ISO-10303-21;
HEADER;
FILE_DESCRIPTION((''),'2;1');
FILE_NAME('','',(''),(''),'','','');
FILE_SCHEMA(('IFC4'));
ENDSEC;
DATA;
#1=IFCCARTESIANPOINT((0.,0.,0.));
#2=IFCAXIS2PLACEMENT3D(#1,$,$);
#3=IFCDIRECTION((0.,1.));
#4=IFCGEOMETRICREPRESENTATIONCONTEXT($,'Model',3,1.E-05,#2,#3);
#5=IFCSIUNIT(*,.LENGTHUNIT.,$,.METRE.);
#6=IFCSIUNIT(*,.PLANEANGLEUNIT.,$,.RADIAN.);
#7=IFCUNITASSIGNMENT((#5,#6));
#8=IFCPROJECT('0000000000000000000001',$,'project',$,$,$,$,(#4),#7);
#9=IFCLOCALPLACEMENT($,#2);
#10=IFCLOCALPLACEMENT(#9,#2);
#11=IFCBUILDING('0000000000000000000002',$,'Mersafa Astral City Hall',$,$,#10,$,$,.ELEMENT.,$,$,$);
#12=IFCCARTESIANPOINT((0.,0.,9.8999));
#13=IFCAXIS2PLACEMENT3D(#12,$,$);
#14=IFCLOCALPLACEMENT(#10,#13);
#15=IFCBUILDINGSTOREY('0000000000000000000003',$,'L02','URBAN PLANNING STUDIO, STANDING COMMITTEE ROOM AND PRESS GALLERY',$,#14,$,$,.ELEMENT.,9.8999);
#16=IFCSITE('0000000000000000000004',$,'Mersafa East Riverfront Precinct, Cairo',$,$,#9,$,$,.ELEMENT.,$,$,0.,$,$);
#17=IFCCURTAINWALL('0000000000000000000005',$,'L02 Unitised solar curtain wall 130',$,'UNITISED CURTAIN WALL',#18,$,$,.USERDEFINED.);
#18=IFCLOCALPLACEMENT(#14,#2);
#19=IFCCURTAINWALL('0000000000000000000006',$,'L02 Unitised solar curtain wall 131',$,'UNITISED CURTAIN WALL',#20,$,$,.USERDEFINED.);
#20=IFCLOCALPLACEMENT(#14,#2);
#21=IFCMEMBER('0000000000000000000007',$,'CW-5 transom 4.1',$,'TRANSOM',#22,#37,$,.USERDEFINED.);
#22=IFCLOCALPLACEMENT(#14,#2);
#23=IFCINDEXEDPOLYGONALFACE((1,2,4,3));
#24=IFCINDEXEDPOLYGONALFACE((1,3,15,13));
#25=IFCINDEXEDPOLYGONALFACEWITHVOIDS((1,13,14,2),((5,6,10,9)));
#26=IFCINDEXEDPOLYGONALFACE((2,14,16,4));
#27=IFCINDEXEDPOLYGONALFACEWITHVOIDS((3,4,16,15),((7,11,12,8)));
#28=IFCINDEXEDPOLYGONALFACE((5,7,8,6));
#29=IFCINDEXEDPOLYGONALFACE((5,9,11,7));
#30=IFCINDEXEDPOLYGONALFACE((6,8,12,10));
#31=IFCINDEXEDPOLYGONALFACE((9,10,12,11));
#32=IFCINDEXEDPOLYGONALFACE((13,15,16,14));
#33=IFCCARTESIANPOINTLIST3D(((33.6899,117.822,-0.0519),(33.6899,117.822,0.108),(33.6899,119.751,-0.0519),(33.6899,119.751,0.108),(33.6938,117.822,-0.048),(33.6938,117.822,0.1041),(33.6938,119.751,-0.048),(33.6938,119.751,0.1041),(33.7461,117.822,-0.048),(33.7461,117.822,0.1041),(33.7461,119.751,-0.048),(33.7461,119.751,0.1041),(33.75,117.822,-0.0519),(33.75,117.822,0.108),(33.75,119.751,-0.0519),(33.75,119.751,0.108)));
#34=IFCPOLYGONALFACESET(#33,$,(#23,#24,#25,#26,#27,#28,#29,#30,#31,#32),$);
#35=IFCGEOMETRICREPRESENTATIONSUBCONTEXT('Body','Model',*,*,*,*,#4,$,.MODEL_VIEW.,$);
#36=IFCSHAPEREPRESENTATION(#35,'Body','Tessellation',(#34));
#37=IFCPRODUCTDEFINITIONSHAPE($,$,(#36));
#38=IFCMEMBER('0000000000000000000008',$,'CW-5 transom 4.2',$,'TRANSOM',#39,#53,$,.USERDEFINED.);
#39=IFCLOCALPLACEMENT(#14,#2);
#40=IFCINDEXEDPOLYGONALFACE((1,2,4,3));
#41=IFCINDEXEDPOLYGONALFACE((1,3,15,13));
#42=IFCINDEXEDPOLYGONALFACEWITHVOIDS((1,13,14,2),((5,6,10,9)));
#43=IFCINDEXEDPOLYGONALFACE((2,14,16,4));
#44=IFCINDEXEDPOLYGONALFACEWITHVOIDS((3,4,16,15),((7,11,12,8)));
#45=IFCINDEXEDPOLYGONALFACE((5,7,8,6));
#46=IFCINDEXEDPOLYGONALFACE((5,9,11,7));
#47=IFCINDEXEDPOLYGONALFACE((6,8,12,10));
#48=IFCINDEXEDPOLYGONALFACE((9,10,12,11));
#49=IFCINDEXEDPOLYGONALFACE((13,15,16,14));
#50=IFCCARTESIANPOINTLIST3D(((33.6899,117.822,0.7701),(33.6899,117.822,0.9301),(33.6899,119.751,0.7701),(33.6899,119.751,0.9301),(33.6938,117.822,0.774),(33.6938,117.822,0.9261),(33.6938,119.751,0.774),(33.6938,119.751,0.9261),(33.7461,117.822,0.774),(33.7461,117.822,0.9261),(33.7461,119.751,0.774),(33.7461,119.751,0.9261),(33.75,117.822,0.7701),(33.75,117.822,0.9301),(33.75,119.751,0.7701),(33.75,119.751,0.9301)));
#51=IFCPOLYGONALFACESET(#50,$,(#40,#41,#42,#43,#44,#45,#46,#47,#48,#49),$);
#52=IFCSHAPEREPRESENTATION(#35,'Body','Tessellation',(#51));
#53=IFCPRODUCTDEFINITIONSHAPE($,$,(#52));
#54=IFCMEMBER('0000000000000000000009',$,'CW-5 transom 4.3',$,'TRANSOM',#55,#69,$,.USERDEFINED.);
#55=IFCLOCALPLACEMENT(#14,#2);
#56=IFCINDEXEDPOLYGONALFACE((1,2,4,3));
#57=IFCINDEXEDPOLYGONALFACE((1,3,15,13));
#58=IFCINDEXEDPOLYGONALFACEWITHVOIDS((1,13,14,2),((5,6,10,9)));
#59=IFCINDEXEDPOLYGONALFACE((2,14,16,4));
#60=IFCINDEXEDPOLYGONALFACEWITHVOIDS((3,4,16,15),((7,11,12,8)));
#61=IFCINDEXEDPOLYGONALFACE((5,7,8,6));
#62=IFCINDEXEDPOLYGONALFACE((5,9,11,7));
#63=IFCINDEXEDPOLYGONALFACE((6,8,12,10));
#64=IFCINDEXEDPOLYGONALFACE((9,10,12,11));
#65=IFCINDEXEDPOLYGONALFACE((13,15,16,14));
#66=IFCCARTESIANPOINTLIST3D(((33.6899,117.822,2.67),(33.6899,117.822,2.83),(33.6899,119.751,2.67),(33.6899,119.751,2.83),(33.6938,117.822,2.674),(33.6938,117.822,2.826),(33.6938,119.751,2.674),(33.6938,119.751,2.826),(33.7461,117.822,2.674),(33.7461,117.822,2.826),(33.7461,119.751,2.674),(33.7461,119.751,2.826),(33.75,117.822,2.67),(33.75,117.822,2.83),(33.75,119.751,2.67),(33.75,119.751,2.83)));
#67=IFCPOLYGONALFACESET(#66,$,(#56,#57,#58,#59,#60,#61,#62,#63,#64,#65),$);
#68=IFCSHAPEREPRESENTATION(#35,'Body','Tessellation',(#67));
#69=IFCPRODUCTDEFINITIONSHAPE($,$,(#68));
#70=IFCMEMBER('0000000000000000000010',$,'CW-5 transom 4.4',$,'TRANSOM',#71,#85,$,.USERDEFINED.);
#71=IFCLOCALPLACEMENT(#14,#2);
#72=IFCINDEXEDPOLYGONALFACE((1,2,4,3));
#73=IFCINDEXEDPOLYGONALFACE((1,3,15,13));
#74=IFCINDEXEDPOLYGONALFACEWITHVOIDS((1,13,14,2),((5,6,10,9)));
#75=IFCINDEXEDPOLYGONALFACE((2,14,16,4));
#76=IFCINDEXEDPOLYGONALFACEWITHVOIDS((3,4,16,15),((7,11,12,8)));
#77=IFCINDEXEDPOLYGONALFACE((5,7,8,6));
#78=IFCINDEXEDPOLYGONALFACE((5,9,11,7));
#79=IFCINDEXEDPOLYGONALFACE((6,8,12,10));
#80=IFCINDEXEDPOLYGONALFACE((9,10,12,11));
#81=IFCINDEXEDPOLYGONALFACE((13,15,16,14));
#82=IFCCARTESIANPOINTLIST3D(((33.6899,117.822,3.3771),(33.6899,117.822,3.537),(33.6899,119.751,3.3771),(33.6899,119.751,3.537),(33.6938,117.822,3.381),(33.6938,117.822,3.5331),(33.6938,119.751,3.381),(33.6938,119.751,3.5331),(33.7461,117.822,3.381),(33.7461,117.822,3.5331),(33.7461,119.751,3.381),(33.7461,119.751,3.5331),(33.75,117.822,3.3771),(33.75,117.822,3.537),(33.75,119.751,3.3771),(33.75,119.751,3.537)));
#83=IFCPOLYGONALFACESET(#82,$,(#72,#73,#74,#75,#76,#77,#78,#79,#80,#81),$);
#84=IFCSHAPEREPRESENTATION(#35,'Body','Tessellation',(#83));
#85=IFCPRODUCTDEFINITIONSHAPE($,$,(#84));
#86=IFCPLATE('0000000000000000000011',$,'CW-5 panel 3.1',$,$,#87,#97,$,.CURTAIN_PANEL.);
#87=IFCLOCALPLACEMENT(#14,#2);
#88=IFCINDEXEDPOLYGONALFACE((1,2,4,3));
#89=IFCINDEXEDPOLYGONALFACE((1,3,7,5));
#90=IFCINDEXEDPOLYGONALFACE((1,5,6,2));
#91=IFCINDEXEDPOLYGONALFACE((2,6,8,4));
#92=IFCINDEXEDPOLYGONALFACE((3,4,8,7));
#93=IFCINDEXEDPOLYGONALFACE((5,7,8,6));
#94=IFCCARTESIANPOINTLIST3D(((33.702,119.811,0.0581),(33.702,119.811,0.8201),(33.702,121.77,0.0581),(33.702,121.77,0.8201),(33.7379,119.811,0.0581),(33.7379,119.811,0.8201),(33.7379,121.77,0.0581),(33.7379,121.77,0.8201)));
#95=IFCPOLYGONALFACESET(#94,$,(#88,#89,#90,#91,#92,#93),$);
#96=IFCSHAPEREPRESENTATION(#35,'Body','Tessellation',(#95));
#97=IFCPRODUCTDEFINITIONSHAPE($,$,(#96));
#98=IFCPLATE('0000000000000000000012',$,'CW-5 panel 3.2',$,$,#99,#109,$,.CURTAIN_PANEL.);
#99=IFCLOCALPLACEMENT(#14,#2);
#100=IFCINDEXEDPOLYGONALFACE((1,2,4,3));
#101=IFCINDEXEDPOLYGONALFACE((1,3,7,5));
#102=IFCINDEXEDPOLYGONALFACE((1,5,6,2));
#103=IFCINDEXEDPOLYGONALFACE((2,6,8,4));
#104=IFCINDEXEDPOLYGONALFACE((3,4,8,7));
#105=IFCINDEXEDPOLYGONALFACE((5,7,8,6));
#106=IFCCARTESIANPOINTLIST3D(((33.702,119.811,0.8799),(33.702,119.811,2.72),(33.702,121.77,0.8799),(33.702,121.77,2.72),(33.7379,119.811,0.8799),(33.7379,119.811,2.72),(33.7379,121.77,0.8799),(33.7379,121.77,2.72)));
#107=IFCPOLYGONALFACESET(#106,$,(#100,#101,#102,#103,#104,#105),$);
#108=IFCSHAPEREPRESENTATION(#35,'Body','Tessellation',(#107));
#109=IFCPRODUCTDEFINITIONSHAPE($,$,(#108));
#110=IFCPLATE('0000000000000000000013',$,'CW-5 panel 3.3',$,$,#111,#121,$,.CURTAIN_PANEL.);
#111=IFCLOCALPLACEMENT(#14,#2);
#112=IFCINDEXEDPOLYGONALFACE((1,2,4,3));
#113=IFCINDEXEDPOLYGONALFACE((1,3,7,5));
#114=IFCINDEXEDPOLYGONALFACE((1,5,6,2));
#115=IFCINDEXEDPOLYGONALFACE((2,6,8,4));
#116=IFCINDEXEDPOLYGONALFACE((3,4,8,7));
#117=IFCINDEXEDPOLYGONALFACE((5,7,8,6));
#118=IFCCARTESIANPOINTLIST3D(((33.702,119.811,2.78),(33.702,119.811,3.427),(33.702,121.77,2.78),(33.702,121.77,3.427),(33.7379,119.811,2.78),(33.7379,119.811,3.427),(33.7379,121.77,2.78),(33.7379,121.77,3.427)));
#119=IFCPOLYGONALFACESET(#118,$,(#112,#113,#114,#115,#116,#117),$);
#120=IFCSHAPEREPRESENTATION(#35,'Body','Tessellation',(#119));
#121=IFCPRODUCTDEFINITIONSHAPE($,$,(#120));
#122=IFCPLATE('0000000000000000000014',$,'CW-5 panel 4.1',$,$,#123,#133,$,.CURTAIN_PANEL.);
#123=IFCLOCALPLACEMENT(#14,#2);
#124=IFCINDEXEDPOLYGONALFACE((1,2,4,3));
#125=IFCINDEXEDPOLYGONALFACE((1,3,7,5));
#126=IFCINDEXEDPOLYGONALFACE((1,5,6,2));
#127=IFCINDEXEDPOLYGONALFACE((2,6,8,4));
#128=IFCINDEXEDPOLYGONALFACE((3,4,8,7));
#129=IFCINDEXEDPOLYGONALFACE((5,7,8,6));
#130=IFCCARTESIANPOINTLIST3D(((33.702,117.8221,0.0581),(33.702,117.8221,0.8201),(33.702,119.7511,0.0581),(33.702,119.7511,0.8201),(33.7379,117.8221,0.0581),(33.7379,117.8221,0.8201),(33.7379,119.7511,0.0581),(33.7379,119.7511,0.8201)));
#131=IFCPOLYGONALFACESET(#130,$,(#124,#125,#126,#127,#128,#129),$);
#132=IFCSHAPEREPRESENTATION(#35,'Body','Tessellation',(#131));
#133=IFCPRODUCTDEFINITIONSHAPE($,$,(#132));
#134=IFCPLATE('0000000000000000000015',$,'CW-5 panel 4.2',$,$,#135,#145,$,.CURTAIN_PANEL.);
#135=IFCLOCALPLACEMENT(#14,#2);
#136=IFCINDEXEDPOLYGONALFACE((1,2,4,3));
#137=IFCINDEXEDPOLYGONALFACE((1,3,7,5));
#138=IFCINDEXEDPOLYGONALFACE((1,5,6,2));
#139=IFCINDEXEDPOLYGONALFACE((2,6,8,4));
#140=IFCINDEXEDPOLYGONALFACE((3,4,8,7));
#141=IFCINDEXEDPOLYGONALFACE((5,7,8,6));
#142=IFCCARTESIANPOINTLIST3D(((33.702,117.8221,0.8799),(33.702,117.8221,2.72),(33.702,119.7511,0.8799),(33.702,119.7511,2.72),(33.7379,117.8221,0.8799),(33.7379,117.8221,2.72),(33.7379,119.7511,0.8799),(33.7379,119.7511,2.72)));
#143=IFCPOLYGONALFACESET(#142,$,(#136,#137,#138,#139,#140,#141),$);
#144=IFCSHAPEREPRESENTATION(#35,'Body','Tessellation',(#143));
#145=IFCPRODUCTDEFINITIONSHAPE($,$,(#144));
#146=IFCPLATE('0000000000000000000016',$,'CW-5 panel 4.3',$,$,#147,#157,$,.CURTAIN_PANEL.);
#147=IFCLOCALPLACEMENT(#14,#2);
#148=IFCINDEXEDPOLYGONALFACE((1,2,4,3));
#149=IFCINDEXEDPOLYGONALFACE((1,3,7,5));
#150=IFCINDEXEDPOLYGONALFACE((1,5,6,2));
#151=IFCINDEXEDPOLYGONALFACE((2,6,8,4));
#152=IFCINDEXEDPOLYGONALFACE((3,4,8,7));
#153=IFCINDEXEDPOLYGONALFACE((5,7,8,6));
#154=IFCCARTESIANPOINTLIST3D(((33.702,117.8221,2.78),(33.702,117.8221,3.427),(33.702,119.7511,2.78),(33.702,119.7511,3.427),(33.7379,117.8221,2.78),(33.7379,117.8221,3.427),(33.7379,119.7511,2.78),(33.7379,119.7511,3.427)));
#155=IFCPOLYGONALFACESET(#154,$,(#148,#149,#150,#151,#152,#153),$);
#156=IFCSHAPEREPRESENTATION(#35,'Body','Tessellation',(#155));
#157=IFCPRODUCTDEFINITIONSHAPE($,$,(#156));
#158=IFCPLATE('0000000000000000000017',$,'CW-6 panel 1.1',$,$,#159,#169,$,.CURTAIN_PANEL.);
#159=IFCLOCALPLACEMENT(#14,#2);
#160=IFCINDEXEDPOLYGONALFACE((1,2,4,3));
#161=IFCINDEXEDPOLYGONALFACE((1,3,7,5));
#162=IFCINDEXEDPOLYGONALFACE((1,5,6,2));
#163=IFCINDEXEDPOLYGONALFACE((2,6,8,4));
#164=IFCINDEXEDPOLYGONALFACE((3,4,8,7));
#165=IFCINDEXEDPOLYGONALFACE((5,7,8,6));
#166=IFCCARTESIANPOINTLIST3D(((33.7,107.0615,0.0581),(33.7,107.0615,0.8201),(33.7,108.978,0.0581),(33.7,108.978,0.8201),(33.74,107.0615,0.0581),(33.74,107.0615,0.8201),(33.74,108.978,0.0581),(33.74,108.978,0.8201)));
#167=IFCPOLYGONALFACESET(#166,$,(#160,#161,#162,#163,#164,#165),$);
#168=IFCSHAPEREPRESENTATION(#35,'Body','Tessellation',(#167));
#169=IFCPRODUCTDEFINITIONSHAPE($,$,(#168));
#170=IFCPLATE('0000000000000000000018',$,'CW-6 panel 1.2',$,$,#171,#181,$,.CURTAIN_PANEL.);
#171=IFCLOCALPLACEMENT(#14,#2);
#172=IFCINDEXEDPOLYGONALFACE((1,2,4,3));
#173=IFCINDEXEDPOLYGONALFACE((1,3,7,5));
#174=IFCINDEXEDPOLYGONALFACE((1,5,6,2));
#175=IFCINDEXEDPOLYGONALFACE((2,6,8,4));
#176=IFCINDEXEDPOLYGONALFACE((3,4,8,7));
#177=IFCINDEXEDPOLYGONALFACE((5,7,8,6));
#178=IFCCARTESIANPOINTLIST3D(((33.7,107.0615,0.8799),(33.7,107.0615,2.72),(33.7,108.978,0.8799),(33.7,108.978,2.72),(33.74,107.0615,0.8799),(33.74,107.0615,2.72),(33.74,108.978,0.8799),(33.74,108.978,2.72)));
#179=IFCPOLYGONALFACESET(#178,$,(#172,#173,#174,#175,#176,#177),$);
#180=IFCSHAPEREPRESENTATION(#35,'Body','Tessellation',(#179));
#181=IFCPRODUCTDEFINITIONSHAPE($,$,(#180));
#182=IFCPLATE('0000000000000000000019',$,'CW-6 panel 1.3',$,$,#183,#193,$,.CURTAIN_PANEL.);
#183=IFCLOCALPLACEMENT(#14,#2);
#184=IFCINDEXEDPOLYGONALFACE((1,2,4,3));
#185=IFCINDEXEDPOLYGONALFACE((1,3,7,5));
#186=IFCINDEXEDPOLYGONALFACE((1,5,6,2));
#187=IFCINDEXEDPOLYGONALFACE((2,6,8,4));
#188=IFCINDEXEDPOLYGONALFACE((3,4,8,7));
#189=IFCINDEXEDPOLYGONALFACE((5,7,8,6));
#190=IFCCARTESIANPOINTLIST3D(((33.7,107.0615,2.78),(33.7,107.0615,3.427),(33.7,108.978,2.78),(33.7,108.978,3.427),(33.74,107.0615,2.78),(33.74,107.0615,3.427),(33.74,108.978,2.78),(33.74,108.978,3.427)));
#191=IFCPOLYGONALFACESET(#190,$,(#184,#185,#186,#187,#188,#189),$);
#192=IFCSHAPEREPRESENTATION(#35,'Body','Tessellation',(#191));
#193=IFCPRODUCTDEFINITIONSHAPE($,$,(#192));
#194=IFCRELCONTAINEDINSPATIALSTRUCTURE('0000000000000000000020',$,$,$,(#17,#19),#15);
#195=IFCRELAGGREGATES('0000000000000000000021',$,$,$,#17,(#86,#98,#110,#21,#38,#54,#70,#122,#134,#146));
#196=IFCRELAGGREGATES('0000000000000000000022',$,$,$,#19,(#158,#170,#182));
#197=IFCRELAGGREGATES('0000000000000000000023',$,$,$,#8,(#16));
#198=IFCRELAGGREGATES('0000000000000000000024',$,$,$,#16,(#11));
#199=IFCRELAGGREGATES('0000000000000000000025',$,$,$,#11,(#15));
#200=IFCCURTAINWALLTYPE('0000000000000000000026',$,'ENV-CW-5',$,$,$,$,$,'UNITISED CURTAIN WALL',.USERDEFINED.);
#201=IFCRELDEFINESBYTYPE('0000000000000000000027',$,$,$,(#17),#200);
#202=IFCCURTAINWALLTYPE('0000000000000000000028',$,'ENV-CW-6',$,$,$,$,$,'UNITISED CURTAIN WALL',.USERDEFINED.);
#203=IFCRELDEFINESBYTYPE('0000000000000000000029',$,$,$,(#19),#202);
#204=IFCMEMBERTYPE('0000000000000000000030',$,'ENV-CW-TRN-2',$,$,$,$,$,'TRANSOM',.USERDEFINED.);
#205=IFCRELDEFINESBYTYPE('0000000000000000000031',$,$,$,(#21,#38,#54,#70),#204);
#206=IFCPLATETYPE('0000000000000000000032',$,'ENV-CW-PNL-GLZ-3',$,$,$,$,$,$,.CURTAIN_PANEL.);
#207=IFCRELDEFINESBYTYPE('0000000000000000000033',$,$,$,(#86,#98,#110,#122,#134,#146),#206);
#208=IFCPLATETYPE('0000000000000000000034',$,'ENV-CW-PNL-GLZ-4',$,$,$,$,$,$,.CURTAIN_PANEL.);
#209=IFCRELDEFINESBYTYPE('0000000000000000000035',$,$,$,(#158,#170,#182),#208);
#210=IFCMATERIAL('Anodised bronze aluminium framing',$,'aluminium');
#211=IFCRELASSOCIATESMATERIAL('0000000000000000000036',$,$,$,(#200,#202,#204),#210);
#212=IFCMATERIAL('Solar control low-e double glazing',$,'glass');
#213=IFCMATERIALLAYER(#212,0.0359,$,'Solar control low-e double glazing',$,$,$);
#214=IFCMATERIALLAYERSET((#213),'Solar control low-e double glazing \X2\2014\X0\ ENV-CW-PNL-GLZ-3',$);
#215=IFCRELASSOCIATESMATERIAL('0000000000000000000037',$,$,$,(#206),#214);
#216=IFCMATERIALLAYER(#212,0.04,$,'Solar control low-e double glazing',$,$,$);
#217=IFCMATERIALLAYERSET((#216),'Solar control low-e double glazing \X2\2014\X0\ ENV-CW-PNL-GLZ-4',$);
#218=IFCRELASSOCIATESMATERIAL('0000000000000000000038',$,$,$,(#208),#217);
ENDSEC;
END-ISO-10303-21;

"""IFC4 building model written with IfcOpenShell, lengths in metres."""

from ifc_helpers import new_model, si_unit, direction, frame, origin, origin_2d, place, context, subcontext, project, spatial, rectangle, hollow_rectangle, extrude, material, layer, layer_set, material_profile, profile_set, type_object, element, aggregate, save


model = new_model("IFC4")

# Units and contexts
model_context = context("Model", 3, precision=1e-05, world=origin(), true_north=direction((0.0, 1.0)))
body_context = subcontext(model_context, "Body", "Model", "MODEL_VIEW")
ifc_project = project(units=[si_unit("LENGTHUNIT", "METRE"), si_unit("PLANEANGLEUNIT", "RADIAN")], contexts=[model_context])

# Site, building, storey
site_placement = place(None, origin())
site = spatial("IfcSite", under=ifc_project, at=site_placement, Name="Mersafa East Riverfront Precinct, Cairo", CompositionType="ELEMENT", RefElevation=0.0)
building_placement = place(site_placement, origin())
building = spatial("IfcBuilding", under=site, at=building_placement, Name="Mersafa Astral City Hall", CompositionType="ELEMENT")
storey_placement = place(building_placement, frame((0.0, 0.0, 9.8999)))
storey = spatial("IfcBuildingStorey", under=building, at=storey_placement, Name="L02", Description="URBAN PLANNING STUDIO, STANDING COMMITTEE ROOM AND PRESS GALLERY", CompositionType="ELEMENT", Elevation=9.8999)

# Curtain walls
ifc_material_1 = material(Name="Anodised bronze aluminium framing", Category="aluminium")
curtain_wall_type_1 = type_object("IfcCurtainWallType", Name="ENV-CW-5", ElementType="UNITISED CURTAIN WALL", PredefinedType="USERDEFINED", material=ifc_material_1)
curtain_wall_1_placement = place(storey_placement, origin())
curtain_wall_1 = element("IfcCurtainWall", 1, at=curtain_wall_1_placement, inside=storey, type_object=curtain_wall_type_1, Name="L02 Unitised solar curtain wall 130", ObjectType="UNITISED CURTAIN WALL", PredefinedType="USERDEFINED")
curtain_wall_type_2 = type_object("IfcCurtainWallType", Name="ENV-CW-6", ElementType="UNITISED CURTAIN WALL", PredefinedType="USERDEFINED", material=ifc_material_1)
curtain_wall_2_placement = place(storey_placement, origin())
curtain_wall_2 = element("IfcCurtainWall", 2, at=curtain_wall_2_placement, inside=storey, type_object=curtain_wall_type_2, Name="L02 Unitised solar curtain wall 131", ObjectType="UNITISED CURTAIN WALL", PredefinedType="USERDEFINED")

# Members
ifc_material_profile_1 = material_profile(ifc_material_1, hollow_rectangle(XDim=0.0601, YDim=0.1599, WallThickness=0.0039, at=origin_2d()), Name="RHS 60x160x4")
ifc_profile_set_1 = profile_set([ifc_material_profile_1], Name="Anodised bronze aluminium framing")
member_type_1 = type_object("IfcMemberType", Name="ENV-CW-TRN-2", ElementType="TRANSOM", PredefinedType="USERDEFINED", material=ifc_profile_set_1)
member_1_placement = place(storey_placement, frame((33.72, 119.751, 0.0281), z_axis=(0.0, -1.0, 0.0), x_axis=(1.0, 0.0, 0.0)))
member_1 = element("IfcMember", 3, at=member_1_placement, type_object=member_type_1, Name="CW-5 transom 4.1", ObjectType="TRANSOM", PredefinedType="USERDEFINED", context=body_context, shape_type="SweptSolid", body=[
    extrude(hollow_rectangle(XDim=0.0601, YDim=0.1599, WallThickness=0.0039, at=origin_2d()), origin(), (0.0, 0.0, 1.0), 1.929),
])
member_2_placement = place(storey_placement, frame((33.72, 119.751, 0.8501), z_axis=(0.0, -1.0, 0.0), x_axis=(1.0, 0.0, 0.0)))
member_2 = element("IfcMember", 4, at=member_2_placement, type_object=member_type_1, Name="CW-5 transom 4.2", ObjectType="TRANSOM", PredefinedType="USERDEFINED", context=body_context, shape_type="SweptSolid", body=[
    extrude(hollow_rectangle(XDim=0.0601, YDim=0.1599, WallThickness=0.0039, at=origin_2d()), origin(), (0.0, 0.0, 1.0), 1.929),
])
member_3_placement = place(storey_placement, frame((33.72, 119.751, 2.75), z_axis=(0.0, -1.0, 0.0), x_axis=(1.0, 0.0, 0.0)))
member_3 = element("IfcMember", 5, at=member_3_placement, type_object=member_type_1, Name="CW-5 transom 4.3", ObjectType="TRANSOM", PredefinedType="USERDEFINED", context=body_context, shape_type="SweptSolid", body=[
    extrude(hollow_rectangle(XDim=0.0601, YDim=0.1599, WallThickness=0.0039, at=origin_2d()), origin(), (0.0, 0.0, 1.0), 1.929),
])
member_4_placement = place(storey_placement, frame((33.72, 119.751, 3.457), z_axis=(0.0, -1.0, 0.0), x_axis=(1.0, 0.0, 0.0)))
member_4 = element("IfcMember", 6, at=member_4_placement, type_object=member_type_1, Name="CW-5 transom 4.4", ObjectType="TRANSOM", PredefinedType="USERDEFINED", context=body_context, shape_type="SweptSolid", body=[
    extrude(hollow_rectangle(XDim=0.0601, YDim=0.1599, WallThickness=0.0039, at=origin_2d()), origin(), (0.0, 0.0, 1.0), 1.929),
])

# Plates
ifc_material_2 = material(Name="Solar control low-e double glazing", Category="glass")
ifc_layer_1 = layer(ifc_material_2, 0.0359, Name="Solar control low-e double glazing")
ifc_layer_set_1 = layer_set([ifc_layer_1], Name="Solar control low-e double glazing — ENV-CW-PNL-GLZ-3")
plate_type_1 = type_object("IfcPlateType", Name="ENV-CW-PNL-GLZ-3", PredefinedType="CURTAIN_PANEL", material=ifc_layer_set_1)
plate_1_placement = place(storey_placement, frame((33.72, 120.7905, 0.0581), z_axis=(0.0, 0.0, 1.0), x_axis=(0.0, -1.0, 0.0)))
plate_1 = element("IfcPlate", 7, at=plate_1_placement, type_object=plate_type_1, Name="CW-5 panel 3.1", PredefinedType="CURTAIN_PANEL", context=body_context, shape_type="SweptSolid", body=[
    extrude(rectangle(XDim=1.959, YDim=0.0359, at=origin_2d()), origin(), (0.0, 0.0, 1.0), 0.762),
])
plate_2_placement = place(storey_placement, frame((33.72, 120.7905, 0.8799), z_axis=(0.0, 0.0, 1.0), x_axis=(0.0, -1.0, 0.0)))
plate_2 = element("IfcPlate", 8, at=plate_2_placement, type_object=plate_type_1, Name="CW-5 panel 3.2", PredefinedType="CURTAIN_PANEL", context=body_context, shape_type="SweptSolid", body=[
    extrude(rectangle(XDim=1.959, YDim=0.0359, at=origin_2d()), origin(), (0.0, 0.0, 1.0), 1.8401),
])
plate_3_placement = place(storey_placement, frame((33.72, 120.7905, 2.78), z_axis=(0.0, 0.0, 1.0), x_axis=(0.0, -1.0, 0.0)))
plate_3 = element("IfcPlate", 9, at=plate_3_placement, type_object=plate_type_1, Name="CW-5 panel 3.3", PredefinedType="CURTAIN_PANEL", context=body_context, shape_type="SweptSolid", body=[
    extrude(rectangle(XDim=1.959, YDim=0.0359, at=origin_2d()), origin(), (0.0, 0.0, 1.0), 0.647),
])
plate_4_placement = place(storey_placement, frame((33.72, 118.7866, 0.0581), z_axis=(0.0, 0.0, 1.0), x_axis=(0.0, -1.0, 0.0)))
plate_4 = element("IfcPlate", 10, at=plate_4_placement, type_object=plate_type_1, Name="CW-5 panel 4.1", PredefinedType="CURTAIN_PANEL", context=body_context, shape_type="SweptSolid", body=[
    extrude(rectangle(XDim=1.929, YDim=0.0359, at=origin_2d()), origin(), (0.0, 0.0, 1.0), 0.762),
])
plate_5_placement = place(storey_placement, frame((33.72, 118.7866, 0.8799), z_axis=(0.0, 0.0, 1.0), x_axis=(0.0, -1.0, 0.0)))
plate_5 = element("IfcPlate", 11, at=plate_5_placement, type_object=plate_type_1, Name="CW-5 panel 4.2", PredefinedType="CURTAIN_PANEL", context=body_context, shape_type="SweptSolid", body=[
    extrude(rectangle(XDim=1.929, YDim=0.0359, at=origin_2d()), origin(), (0.0, 0.0, 1.0), 1.8401),
])
plate_6_placement = place(storey_placement, frame((33.72, 118.7866, 2.78), z_axis=(0.0, 0.0, 1.0), x_axis=(0.0, -1.0, 0.0)))
plate_6 = element("IfcPlate", 12, at=plate_6_placement, type_object=plate_type_1, Name="CW-5 panel 4.3", PredefinedType="CURTAIN_PANEL", context=body_context, shape_type="SweptSolid", body=[
    extrude(rectangle(XDim=1.929, YDim=0.0359, at=origin_2d()), origin(), (0.0, 0.0, 1.0), 0.647),
])
aggregate(curtain_wall_1, [plate_1, plate_2, plate_3, member_1, member_2, member_3, member_4, plate_4, plate_5, plate_6])
ifc_layer_2 = layer(ifc_material_2, 0.04, Name="Solar control low-e double glazing")
ifc_layer_set_2 = layer_set([ifc_layer_2], Name="Solar control low-e double glazing — ENV-CW-PNL-GLZ-4")
plate_type_2 = type_object("IfcPlateType", Name="ENV-CW-PNL-GLZ-4", PredefinedType="CURTAIN_PANEL", material=ifc_layer_set_2)
plate_7_placement = place(storey_placement, frame((33.72, 108.0198, 0.0581), z_axis=(0.0, 0.0, 1.0), x_axis=(0.0, -1.0, 0.0)))
plate_7 = element("IfcPlate", 13, at=plate_7_placement, type_object=plate_type_2, Name="CW-6 panel 1.1", PredefinedType="CURTAIN_PANEL", context=body_context, shape_type="SweptSolid", body=[
    extrude(rectangle(XDim=1.9165, YDim=0.04, at=origin_2d()), origin(), (0.0, 0.0, 1.0), 0.762),
])
plate_8_placement = place(storey_placement, frame((33.72, 108.0198, 0.8799), z_axis=(0.0, 0.0, 1.0), x_axis=(0.0, -1.0, 0.0)))
plate_8 = element("IfcPlate", 14, at=plate_8_placement, type_object=plate_type_2, Name="CW-6 panel 1.2", PredefinedType="CURTAIN_PANEL", context=body_context, shape_type="SweptSolid", body=[
    extrude(rectangle(XDim=1.9165, YDim=0.04, at=origin_2d()), origin(), (0.0, 0.0, 1.0), 1.8401),
])
plate_9_placement = place(storey_placement, frame((33.72, 108.0198, 2.78), z_axis=(0.0, 0.0, 1.0), x_axis=(0.0, -1.0, 0.0)))
plate_9 = element("IfcPlate", 15, at=plate_9_placement, type_object=plate_type_2, Name="CW-6 panel 1.3", PredefinedType="CURTAIN_PANEL", context=body_context, shape_type="SweptSolid", body=[
    extrude(rectangle(XDim=1.9165, YDim=0.04, at=origin_2d()), origin(), (0.0, 0.0, 1.0), 0.647),
])
aggregate(curtain_wall_2, [plate_7, plate_8, plate_9])

save(model, "model.ifc")
